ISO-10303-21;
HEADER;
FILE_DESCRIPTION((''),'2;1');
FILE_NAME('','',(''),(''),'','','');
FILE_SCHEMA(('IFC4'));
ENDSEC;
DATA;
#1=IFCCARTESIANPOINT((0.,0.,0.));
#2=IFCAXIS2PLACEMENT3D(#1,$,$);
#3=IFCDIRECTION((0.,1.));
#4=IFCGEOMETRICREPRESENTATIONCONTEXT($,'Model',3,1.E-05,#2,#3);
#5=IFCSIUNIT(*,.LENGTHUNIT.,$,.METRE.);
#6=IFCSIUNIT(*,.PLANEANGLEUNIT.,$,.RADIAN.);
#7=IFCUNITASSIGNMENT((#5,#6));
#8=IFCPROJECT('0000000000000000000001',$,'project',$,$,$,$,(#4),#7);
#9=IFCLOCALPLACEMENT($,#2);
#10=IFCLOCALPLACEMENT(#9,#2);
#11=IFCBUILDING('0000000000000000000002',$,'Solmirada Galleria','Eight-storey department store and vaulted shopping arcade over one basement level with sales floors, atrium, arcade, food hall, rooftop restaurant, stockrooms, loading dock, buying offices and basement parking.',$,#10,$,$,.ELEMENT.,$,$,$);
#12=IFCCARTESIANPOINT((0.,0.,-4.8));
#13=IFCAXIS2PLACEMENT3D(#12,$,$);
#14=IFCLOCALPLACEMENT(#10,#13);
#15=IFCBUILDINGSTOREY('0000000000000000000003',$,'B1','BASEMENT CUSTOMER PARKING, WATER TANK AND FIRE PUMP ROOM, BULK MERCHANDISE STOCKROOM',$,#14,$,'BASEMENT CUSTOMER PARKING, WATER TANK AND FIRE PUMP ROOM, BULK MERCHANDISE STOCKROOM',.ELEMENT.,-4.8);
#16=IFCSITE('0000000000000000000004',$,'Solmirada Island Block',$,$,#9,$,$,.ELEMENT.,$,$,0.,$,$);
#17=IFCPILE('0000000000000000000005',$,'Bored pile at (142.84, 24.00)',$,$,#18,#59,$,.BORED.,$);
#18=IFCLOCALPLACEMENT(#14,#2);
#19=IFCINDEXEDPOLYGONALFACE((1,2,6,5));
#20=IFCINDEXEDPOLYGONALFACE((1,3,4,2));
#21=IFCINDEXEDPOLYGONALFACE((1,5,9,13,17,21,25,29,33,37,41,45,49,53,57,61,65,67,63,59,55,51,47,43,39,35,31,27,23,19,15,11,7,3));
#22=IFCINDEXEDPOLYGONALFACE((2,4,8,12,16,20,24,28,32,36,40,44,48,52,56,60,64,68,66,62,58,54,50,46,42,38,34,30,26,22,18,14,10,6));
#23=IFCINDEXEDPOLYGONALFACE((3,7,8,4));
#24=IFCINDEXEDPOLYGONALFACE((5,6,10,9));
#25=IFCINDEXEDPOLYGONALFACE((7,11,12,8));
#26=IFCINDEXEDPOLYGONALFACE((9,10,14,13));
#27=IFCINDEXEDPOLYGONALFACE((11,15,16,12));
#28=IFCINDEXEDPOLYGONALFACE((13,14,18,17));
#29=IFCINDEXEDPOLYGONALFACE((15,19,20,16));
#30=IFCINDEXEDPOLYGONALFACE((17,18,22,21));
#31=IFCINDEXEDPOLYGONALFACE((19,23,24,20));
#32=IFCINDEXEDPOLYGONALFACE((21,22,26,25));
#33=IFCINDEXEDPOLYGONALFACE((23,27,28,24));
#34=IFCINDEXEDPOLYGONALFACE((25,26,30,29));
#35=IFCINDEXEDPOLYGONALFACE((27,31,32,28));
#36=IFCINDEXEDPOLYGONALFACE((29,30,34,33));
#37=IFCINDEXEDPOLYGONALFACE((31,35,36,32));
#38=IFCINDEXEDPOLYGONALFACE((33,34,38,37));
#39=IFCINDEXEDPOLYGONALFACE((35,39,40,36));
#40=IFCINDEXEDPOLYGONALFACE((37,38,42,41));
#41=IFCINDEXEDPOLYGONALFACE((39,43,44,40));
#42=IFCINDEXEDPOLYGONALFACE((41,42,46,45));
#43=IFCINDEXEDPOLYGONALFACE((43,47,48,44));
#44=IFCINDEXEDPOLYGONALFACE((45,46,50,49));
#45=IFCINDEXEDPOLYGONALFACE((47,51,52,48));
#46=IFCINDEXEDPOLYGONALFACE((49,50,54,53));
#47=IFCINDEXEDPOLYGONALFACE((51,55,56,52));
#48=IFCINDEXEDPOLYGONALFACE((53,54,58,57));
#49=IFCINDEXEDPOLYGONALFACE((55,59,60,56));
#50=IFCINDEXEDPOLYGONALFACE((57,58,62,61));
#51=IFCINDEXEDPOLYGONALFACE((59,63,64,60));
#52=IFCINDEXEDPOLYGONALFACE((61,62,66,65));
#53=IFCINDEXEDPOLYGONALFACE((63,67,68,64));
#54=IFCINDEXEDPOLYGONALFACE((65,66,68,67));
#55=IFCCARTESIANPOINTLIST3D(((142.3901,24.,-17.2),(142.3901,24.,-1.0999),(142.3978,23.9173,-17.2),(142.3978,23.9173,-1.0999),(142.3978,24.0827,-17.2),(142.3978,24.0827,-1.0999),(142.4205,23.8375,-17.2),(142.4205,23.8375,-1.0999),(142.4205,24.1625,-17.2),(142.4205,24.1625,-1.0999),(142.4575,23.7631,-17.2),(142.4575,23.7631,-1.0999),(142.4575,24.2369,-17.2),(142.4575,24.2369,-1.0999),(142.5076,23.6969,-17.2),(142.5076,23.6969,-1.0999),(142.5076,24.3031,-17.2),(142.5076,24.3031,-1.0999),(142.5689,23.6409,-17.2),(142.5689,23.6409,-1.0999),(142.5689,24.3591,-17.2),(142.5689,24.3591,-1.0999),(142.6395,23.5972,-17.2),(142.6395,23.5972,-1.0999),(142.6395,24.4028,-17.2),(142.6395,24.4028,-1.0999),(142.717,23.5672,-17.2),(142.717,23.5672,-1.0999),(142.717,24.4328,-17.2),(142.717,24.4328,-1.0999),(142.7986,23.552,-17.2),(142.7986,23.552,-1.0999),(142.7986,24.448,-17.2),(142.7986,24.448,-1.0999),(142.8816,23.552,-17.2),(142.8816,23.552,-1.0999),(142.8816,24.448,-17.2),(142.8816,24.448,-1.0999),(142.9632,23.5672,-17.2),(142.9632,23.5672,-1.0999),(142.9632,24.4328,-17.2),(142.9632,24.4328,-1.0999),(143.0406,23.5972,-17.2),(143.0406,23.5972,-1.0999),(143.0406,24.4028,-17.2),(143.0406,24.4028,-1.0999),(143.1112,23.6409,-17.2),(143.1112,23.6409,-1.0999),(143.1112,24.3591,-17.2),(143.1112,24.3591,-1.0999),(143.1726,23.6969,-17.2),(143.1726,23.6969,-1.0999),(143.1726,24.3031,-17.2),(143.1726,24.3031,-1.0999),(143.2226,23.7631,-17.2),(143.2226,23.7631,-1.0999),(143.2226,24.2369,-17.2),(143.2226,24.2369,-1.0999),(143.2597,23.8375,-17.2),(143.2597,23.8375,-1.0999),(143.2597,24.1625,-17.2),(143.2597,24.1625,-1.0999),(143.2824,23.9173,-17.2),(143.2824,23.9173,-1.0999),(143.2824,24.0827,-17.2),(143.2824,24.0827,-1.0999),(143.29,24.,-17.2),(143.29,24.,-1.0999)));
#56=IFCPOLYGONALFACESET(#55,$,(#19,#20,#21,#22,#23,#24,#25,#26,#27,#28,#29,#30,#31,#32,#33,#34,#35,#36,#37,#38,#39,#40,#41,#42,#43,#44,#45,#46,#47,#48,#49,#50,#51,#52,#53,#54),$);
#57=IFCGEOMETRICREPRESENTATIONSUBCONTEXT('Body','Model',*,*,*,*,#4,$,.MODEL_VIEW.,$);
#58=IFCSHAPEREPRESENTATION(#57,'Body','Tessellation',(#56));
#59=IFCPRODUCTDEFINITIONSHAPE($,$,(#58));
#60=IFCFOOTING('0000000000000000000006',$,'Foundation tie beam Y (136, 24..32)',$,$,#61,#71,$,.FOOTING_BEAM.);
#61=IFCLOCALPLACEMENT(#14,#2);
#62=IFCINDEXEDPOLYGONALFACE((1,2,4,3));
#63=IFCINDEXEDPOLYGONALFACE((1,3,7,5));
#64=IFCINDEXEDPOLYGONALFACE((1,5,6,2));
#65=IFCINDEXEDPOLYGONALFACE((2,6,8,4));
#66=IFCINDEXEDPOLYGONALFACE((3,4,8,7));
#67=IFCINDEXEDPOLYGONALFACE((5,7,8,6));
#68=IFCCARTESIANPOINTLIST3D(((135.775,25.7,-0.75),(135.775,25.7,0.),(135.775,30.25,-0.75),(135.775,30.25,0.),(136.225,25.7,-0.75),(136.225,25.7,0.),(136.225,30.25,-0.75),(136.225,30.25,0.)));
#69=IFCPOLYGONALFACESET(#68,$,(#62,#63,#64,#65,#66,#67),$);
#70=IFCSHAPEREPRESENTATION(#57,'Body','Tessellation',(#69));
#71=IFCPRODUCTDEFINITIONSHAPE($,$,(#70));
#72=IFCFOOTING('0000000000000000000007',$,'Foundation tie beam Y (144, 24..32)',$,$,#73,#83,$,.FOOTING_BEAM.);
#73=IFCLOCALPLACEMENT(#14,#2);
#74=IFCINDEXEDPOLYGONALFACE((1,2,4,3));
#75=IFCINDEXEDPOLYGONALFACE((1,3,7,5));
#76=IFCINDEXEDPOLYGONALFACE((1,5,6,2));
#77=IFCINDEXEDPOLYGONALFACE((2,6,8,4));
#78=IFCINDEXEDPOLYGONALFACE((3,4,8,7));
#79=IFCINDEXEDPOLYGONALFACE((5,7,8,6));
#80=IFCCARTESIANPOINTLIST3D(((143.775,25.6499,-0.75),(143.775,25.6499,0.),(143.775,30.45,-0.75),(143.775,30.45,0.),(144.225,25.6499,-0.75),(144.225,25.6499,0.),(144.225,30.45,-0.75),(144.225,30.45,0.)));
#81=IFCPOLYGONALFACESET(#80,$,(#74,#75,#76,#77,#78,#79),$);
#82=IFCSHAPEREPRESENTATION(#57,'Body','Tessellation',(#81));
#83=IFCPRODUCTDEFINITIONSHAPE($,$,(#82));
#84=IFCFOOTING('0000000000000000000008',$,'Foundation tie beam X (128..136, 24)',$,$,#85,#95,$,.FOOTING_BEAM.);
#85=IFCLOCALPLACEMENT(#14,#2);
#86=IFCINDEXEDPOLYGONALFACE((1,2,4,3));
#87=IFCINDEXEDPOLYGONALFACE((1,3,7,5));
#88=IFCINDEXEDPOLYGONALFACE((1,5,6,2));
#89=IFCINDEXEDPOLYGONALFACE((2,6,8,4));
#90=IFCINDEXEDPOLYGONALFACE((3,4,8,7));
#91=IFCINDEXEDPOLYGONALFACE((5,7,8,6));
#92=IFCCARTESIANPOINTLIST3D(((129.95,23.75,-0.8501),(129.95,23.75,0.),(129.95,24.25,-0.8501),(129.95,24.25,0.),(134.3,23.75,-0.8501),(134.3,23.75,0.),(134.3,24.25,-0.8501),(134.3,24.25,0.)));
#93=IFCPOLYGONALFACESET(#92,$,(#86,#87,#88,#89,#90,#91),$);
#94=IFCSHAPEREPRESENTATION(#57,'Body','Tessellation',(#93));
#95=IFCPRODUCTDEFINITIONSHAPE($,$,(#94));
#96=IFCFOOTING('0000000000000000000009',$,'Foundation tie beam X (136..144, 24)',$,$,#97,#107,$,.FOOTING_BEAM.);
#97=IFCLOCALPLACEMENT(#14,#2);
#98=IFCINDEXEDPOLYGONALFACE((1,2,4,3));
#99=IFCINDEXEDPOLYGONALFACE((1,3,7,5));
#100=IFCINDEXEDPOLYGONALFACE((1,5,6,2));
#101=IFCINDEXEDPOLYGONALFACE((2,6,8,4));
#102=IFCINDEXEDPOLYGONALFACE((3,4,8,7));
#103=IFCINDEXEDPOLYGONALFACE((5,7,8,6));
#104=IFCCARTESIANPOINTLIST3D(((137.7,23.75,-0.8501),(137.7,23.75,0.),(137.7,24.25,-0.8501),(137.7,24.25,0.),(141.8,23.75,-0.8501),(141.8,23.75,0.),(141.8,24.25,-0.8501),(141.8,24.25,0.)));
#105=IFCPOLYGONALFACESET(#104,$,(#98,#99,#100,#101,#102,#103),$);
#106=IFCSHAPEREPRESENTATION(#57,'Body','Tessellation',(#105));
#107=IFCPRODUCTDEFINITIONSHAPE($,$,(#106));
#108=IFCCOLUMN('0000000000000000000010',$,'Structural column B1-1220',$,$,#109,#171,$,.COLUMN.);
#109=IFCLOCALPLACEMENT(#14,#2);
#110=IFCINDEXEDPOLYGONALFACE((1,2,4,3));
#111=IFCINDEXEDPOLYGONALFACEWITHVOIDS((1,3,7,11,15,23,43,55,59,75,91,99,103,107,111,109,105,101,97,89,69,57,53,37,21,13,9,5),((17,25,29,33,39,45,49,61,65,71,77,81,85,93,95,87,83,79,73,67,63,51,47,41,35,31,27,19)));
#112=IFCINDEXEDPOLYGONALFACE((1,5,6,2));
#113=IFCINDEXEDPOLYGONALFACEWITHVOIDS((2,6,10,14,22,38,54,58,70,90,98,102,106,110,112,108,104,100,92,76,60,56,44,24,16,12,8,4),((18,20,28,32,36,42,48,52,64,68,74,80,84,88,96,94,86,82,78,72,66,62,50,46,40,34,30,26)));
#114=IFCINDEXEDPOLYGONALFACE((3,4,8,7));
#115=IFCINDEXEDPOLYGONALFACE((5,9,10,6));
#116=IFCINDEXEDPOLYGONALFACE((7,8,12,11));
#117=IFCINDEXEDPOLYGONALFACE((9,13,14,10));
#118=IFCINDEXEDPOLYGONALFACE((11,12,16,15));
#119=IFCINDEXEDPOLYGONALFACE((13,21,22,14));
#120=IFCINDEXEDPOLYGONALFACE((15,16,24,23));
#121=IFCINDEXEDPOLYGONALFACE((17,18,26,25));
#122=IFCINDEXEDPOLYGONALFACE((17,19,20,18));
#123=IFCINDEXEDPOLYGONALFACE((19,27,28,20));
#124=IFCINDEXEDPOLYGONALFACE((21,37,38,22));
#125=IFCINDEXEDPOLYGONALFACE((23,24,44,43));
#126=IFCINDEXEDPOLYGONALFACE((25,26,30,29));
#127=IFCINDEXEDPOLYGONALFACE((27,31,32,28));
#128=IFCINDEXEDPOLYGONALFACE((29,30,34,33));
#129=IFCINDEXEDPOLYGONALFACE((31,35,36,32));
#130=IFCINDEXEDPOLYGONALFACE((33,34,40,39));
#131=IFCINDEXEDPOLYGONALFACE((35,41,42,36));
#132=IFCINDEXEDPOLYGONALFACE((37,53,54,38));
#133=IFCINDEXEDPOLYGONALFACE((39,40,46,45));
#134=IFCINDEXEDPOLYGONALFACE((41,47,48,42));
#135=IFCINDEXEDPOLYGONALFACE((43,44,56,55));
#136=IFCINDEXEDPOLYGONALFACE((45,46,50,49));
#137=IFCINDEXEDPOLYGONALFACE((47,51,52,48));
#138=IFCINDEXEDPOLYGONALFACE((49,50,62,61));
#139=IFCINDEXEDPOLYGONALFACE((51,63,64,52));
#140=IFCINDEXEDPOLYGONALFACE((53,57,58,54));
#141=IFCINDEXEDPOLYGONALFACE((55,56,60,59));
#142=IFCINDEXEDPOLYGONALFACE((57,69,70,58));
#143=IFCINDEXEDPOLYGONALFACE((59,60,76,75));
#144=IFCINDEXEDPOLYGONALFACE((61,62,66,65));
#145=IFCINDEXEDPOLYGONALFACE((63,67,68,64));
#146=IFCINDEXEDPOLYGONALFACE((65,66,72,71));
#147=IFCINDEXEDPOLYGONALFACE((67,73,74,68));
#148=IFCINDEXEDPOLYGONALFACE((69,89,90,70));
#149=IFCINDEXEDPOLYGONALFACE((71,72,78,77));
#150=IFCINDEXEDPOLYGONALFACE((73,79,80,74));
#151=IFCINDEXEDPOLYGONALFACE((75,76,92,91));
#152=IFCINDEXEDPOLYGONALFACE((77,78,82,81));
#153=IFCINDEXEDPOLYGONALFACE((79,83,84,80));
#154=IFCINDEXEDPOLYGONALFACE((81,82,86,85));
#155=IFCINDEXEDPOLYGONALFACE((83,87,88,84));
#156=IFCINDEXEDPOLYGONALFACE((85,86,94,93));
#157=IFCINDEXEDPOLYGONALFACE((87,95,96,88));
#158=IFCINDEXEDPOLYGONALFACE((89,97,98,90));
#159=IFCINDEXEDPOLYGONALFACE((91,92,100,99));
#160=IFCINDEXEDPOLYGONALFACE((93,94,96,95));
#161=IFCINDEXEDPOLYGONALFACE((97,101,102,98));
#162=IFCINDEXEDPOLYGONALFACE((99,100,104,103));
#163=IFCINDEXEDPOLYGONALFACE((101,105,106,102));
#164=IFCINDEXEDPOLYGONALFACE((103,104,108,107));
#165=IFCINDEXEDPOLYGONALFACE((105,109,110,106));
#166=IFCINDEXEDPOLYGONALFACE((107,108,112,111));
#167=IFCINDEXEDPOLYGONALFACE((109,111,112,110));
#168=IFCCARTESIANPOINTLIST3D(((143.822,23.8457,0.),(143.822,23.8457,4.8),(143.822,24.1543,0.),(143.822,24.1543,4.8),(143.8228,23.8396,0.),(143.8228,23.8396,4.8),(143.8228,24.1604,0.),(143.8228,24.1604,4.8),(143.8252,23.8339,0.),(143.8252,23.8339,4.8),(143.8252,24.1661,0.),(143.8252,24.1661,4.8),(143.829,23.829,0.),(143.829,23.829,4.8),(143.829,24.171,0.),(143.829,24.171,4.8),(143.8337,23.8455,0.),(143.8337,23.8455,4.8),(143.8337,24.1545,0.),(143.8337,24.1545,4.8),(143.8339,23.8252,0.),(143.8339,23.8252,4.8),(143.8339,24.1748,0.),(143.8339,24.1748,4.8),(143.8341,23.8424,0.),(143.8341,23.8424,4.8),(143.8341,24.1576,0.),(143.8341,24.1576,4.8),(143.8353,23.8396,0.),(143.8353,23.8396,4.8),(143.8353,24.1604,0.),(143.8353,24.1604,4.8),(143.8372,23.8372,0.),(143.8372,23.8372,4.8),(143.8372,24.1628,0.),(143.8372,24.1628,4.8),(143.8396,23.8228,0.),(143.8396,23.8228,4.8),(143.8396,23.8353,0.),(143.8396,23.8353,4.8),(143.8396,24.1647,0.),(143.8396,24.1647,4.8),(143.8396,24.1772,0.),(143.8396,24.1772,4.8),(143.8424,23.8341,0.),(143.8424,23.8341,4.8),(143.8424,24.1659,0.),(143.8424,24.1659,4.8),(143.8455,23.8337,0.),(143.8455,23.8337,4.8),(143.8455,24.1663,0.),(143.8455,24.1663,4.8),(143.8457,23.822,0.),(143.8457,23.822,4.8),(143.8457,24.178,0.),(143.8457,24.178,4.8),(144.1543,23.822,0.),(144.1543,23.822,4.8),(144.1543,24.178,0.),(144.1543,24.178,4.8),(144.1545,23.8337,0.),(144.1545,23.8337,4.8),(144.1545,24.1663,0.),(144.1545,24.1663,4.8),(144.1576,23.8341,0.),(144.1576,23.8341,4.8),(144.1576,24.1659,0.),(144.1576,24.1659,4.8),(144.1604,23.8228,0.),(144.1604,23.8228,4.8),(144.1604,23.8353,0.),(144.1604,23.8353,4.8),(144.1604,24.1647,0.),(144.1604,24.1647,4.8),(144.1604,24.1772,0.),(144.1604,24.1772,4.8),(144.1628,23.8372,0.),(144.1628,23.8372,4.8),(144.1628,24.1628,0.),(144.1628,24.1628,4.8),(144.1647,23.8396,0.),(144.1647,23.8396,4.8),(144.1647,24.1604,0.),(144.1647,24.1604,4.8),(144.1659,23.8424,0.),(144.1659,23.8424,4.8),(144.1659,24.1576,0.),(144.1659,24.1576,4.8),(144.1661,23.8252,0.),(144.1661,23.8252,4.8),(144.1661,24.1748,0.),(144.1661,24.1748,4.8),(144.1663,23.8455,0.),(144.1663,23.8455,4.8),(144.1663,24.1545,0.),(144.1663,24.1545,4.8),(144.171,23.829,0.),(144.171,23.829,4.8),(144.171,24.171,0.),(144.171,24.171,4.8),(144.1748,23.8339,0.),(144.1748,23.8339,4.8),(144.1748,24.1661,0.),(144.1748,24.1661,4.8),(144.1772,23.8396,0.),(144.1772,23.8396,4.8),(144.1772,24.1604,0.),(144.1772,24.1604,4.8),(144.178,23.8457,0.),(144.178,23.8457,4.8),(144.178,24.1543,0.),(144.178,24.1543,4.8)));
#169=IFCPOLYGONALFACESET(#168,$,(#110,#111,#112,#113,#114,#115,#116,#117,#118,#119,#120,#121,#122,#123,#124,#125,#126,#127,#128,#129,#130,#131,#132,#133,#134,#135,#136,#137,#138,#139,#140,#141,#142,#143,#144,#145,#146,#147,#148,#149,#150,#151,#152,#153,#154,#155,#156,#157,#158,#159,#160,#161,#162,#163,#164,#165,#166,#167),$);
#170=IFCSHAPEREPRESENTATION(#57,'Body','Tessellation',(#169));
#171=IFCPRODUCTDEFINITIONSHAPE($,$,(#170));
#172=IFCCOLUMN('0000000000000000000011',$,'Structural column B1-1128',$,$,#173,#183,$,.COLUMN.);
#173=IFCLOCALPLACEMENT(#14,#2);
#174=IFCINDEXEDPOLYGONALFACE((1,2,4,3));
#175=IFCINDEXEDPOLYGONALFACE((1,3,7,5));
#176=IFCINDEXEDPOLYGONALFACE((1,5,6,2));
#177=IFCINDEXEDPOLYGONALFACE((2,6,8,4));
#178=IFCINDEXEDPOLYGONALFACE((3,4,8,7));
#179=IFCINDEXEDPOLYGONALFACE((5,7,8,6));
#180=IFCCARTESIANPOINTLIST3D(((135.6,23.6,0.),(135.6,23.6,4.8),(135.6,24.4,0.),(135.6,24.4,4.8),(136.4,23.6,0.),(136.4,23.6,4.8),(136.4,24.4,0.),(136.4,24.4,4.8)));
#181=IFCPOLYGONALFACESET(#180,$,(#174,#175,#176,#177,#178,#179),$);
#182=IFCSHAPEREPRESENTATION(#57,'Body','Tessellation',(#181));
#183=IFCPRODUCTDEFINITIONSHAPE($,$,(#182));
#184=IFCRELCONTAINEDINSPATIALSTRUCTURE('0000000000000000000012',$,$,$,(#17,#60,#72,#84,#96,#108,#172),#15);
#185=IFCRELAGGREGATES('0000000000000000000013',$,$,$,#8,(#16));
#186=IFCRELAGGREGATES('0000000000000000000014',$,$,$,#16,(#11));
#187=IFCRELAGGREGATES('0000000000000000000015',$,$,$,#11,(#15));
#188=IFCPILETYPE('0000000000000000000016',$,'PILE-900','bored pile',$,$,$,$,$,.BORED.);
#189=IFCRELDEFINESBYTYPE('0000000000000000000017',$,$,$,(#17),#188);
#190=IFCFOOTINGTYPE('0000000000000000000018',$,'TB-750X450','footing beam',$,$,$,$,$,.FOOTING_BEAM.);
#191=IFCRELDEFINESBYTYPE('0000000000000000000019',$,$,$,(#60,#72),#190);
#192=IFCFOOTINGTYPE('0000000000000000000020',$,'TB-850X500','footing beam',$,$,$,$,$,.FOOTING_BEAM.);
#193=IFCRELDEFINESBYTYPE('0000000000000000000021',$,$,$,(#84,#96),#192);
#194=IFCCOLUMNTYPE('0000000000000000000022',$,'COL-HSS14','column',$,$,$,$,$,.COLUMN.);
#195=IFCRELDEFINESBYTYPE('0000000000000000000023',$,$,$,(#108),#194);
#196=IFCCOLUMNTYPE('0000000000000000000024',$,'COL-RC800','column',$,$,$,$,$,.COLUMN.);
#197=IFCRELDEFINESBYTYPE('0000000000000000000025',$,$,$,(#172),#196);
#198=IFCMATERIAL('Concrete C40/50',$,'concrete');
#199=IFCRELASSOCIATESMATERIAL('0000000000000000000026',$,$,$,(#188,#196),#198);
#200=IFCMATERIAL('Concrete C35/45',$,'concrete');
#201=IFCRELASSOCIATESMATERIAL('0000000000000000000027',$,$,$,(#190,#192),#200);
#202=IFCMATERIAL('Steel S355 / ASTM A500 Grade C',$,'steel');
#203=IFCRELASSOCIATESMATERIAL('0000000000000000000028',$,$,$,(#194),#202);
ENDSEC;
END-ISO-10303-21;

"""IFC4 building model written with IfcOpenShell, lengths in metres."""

from ifc_helpers import new_model, si_unit, direction, frame, origin, origin_2d, place, context, subcontext, project, spatial, rectangle, hollow_rectangle, circle, extrude, material, material_profile, profile_set, type_object, element, save


model = new_model("IFC4")

# Units and contexts
model_context = context("Model", 3, precision=1e-05, world=origin(), true_north=direction((0.0, 1.0)))
body_context = subcontext(model_context, "Body", "Model", "MODEL_VIEW")
ifc_project = project(units=[si_unit("LENGTHUNIT", "METRE"), si_unit("PLANEANGLEUNIT", "RADIAN")], contexts=[model_context])

# Site, building, storey
site_placement = place(None, origin())
site = spatial("IfcSite", under=ifc_project, at=site_placement, Name="Solmirada Island Block", CompositionType="ELEMENT", RefElevation=0.0)
building_placement = place(site_placement, origin())
building = spatial("IfcBuilding", under=site, at=building_placement, Name="Solmirada Galleria", Description="Eight-storey department store and vaulted shopping arcade over one basement level with sales floors, atrium, arcade, food hall, rooftop restaurant, stockrooms, loading dock, buying offices and basement parking.", CompositionType="ELEMENT")
storey_placement = place(building_placement, frame((0.0, 0.0, -4.8)))
storey = spatial("IfcBuildingStorey", under=building, at=storey_placement, Name="B1", Description="BASEMENT CUSTOMER PARKING, WATER TANK AND FIRE PUMP ROOM, BULK MERCHANDISE STOCKROOM", LongName="BASEMENT CUSTOMER PARKING, WATER TANK AND FIRE PUMP ROOM, BULK MERCHANDISE STOCKROOM", CompositionType="ELEMENT", Elevation=-4.8)

# Shared definitions
ifc_material_1 = material(Name="Concrete C35/45", Category="concrete")

# Pile
ifc_material_2 = material(Name="Concrete C40/50", Category="concrete")
ifc_material_profile_1 = material_profile(ifc_material_2, circle(Radius=0.45, at=origin_2d()), Name="PILE900")
ifc_profile_set_1 = profile_set([ifc_material_profile_1], Name="Concrete C40/50")
pile_type = type_object("IfcPileType", Name="PILE-900", Description="bored pile", PredefinedType="BORED", material=ifc_profile_set_1)
pile_1_placement = place(storey_placement, frame((142.8401, 24.0, -1.0999), z_axis=(0.0, 0.0, -1.0), x_axis=(1.0, 0.0, 0.0)))
element("IfcPile", 1, at=pile_1_placement, inside=storey, type_object=pile_type, Name="Bored pile at (142.84, 24.00)", PredefinedType="BORED", context=body_context, shape_type="SweptSolid", body=[
    extrude(circle(Radius=0.45, at=origin_2d()), origin(), (0.0, 0.0, 1.0), 16.1001),
])

# Footings
ifc_material_profile_2 = material_profile(ifc_material_1, rectangle(XDim=0.45, YDim=0.75, at=origin_2d()), Name="RC750X450")
ifc_profile_set_2 = profile_set([ifc_material_profile_2], Name="Concrete C35/45")
footing_type_1 = type_object("IfcFootingType", Name="TB-750X450", Description="footing beam", PredefinedType="FOOTING_BEAM", material=ifc_profile_set_2)
footing_1_placement = place(storey_placement, frame((136.0, 25.7, -0.375), z_axis=(0.0, 1.0, 0.0), x_axis=(-1.0, 0.0, 0.0)))
element("IfcFooting", 2, at=footing_1_placement, inside=storey, type_object=footing_type_1, Name="Foundation tie beam Y (136, 24..32)", PredefinedType="FOOTING_BEAM", context=body_context, shape_type="SweptSolid", body=[
    extrude(rectangle(XDim=0.45, YDim=0.75, at=origin_2d()), origin(), (0.0, 0.0, 1.0), 4.55),
])
footing_2_placement = place(storey_placement, frame((144.0, 25.6499, -0.375), z_axis=(0.0, 1.0, 0.0), x_axis=(-1.0, 0.0, 0.0)))
element("IfcFooting", 3, at=footing_2_placement, inside=storey, type_object=footing_type_1, Name="Foundation tie beam Y (144, 24..32)", PredefinedType="FOOTING_BEAM", context=body_context, shape_type="SweptSolid", body=[
    extrude(rectangle(XDim=0.45, YDim=0.75, at=origin_2d()), origin(), (0.0, 0.0, 1.0), 4.8),
])
ifc_material_profile_3 = material_profile(ifc_material_1, rectangle(XDim=0.5, YDim=0.8501, at=origin_2d()), Name="RC850X500")
ifc_profile_set_3 = profile_set([ifc_material_profile_3], Name="Concrete C35/45")
footing_type_2 = type_object("IfcFootingType", Name="TB-850X500", Description="footing beam", PredefinedType="FOOTING_BEAM", material=ifc_profile_set_3)
footing_3_placement = place(storey_placement, frame((129.95, 24.0, -0.425), z_axis=(1.0, 0.0, 0.0), x_axis=(0.0, 1.0, 0.0)))
element("IfcFooting", 4, at=footing_3_placement, inside=storey, type_object=footing_type_2, Name="Foundation tie beam X (128..136, 24)", PredefinedType="FOOTING_BEAM", context=body_context, shape_type="SweptSolid", body=[
    extrude(rectangle(XDim=0.5, YDim=0.8501, at=origin_2d()), origin(), (0.0, 0.0, 1.0), 4.3501),
])
footing_4_placement = place(storey_placement, frame((137.7, 24.0, -0.425), z_axis=(1.0, 0.0, 0.0), x_axis=(0.0, 1.0, 0.0)))
element("IfcFooting", 5, at=footing_4_placement, inside=storey, type_object=footing_type_2, Name="Foundation tie beam X (136..144, 24)", PredefinedType="FOOTING_BEAM", context=body_context, shape_type="SweptSolid", body=[
    extrude(rectangle(XDim=0.5, YDim=0.8501, at=origin_2d()), origin(), (0.0, 0.0, 1.0), 4.1001),
])

# Columns
ifc_material_3 = material(Name="Steel S355 / ASTM A500 Grade C", Category="steel")
ifc_material_profile_4 = material_profile(ifc_material_3, hollow_rectangle(XDim=0.356, YDim=0.356, WallThickness=0.0117, InnerFilletRadius=0.0117, OuterFilletRadius=0.0237, at=origin_2d()), Name="HSS14X14X1/2")
ifc_profile_set_4 = profile_set([ifc_material_profile_4], Name="Steel S355 / ASTM A500 Grade C")
column_type_1 = type_object("IfcColumnType", Name="COL-HSS14", Description="column", PredefinedType="COLUMN", material=ifc_profile_set_4)
column_1_placement = place(storey_placement, frame((144.0, 24.0, 0.0), z_axis=(0.0, 0.0, 1.0), x_axis=(1.0, 0.0, 0.0)))
element("IfcColumn", 6, at=column_1_placement, inside=storey, type_object=column_type_1, Name="Structural column B1-1220", PredefinedType="COLUMN", context=body_context, shape_type="SweptSolid", body=[
    extrude(hollow_rectangle(XDim=0.356, YDim=0.356, WallThickness=0.0117, InnerFilletRadius=0.0117, OuterFilletRadius=0.0237, at=origin_2d()), origin(), (0.0, 0.0, 1.0), 4.8),
])
ifc_material_profile_5 = material_profile(ifc_material_2, rectangle(XDim=0.8, YDim=0.8, at=origin_2d()), Name="RC800X800")
ifc_profile_set_5 = profile_set([ifc_material_profile_5], Name="Concrete C40/50")
column_type_2 = type_object("IfcColumnType", Name="COL-RC800", Description="column", PredefinedType="COLUMN", material=ifc_profile_set_5)
column_2_placement = place(storey_placement, frame((136.0, 24.0, 0.0), z_axis=(0.0, 0.0, 1.0), x_axis=(1.0, 0.0, 0.0)))
element("IfcColumn", 7, at=column_2_placement, inside=storey, type_object=column_type_2, Name="Structural column B1-1128", PredefinedType="COLUMN", context=body_context, shape_type="SweptSolid", body=[
    extrude(rectangle(XDim=0.8, YDim=0.8, at=origin_2d()), origin(), (0.0, 0.0, 1.0), 4.8),
])

save(model, "model.ifc")
